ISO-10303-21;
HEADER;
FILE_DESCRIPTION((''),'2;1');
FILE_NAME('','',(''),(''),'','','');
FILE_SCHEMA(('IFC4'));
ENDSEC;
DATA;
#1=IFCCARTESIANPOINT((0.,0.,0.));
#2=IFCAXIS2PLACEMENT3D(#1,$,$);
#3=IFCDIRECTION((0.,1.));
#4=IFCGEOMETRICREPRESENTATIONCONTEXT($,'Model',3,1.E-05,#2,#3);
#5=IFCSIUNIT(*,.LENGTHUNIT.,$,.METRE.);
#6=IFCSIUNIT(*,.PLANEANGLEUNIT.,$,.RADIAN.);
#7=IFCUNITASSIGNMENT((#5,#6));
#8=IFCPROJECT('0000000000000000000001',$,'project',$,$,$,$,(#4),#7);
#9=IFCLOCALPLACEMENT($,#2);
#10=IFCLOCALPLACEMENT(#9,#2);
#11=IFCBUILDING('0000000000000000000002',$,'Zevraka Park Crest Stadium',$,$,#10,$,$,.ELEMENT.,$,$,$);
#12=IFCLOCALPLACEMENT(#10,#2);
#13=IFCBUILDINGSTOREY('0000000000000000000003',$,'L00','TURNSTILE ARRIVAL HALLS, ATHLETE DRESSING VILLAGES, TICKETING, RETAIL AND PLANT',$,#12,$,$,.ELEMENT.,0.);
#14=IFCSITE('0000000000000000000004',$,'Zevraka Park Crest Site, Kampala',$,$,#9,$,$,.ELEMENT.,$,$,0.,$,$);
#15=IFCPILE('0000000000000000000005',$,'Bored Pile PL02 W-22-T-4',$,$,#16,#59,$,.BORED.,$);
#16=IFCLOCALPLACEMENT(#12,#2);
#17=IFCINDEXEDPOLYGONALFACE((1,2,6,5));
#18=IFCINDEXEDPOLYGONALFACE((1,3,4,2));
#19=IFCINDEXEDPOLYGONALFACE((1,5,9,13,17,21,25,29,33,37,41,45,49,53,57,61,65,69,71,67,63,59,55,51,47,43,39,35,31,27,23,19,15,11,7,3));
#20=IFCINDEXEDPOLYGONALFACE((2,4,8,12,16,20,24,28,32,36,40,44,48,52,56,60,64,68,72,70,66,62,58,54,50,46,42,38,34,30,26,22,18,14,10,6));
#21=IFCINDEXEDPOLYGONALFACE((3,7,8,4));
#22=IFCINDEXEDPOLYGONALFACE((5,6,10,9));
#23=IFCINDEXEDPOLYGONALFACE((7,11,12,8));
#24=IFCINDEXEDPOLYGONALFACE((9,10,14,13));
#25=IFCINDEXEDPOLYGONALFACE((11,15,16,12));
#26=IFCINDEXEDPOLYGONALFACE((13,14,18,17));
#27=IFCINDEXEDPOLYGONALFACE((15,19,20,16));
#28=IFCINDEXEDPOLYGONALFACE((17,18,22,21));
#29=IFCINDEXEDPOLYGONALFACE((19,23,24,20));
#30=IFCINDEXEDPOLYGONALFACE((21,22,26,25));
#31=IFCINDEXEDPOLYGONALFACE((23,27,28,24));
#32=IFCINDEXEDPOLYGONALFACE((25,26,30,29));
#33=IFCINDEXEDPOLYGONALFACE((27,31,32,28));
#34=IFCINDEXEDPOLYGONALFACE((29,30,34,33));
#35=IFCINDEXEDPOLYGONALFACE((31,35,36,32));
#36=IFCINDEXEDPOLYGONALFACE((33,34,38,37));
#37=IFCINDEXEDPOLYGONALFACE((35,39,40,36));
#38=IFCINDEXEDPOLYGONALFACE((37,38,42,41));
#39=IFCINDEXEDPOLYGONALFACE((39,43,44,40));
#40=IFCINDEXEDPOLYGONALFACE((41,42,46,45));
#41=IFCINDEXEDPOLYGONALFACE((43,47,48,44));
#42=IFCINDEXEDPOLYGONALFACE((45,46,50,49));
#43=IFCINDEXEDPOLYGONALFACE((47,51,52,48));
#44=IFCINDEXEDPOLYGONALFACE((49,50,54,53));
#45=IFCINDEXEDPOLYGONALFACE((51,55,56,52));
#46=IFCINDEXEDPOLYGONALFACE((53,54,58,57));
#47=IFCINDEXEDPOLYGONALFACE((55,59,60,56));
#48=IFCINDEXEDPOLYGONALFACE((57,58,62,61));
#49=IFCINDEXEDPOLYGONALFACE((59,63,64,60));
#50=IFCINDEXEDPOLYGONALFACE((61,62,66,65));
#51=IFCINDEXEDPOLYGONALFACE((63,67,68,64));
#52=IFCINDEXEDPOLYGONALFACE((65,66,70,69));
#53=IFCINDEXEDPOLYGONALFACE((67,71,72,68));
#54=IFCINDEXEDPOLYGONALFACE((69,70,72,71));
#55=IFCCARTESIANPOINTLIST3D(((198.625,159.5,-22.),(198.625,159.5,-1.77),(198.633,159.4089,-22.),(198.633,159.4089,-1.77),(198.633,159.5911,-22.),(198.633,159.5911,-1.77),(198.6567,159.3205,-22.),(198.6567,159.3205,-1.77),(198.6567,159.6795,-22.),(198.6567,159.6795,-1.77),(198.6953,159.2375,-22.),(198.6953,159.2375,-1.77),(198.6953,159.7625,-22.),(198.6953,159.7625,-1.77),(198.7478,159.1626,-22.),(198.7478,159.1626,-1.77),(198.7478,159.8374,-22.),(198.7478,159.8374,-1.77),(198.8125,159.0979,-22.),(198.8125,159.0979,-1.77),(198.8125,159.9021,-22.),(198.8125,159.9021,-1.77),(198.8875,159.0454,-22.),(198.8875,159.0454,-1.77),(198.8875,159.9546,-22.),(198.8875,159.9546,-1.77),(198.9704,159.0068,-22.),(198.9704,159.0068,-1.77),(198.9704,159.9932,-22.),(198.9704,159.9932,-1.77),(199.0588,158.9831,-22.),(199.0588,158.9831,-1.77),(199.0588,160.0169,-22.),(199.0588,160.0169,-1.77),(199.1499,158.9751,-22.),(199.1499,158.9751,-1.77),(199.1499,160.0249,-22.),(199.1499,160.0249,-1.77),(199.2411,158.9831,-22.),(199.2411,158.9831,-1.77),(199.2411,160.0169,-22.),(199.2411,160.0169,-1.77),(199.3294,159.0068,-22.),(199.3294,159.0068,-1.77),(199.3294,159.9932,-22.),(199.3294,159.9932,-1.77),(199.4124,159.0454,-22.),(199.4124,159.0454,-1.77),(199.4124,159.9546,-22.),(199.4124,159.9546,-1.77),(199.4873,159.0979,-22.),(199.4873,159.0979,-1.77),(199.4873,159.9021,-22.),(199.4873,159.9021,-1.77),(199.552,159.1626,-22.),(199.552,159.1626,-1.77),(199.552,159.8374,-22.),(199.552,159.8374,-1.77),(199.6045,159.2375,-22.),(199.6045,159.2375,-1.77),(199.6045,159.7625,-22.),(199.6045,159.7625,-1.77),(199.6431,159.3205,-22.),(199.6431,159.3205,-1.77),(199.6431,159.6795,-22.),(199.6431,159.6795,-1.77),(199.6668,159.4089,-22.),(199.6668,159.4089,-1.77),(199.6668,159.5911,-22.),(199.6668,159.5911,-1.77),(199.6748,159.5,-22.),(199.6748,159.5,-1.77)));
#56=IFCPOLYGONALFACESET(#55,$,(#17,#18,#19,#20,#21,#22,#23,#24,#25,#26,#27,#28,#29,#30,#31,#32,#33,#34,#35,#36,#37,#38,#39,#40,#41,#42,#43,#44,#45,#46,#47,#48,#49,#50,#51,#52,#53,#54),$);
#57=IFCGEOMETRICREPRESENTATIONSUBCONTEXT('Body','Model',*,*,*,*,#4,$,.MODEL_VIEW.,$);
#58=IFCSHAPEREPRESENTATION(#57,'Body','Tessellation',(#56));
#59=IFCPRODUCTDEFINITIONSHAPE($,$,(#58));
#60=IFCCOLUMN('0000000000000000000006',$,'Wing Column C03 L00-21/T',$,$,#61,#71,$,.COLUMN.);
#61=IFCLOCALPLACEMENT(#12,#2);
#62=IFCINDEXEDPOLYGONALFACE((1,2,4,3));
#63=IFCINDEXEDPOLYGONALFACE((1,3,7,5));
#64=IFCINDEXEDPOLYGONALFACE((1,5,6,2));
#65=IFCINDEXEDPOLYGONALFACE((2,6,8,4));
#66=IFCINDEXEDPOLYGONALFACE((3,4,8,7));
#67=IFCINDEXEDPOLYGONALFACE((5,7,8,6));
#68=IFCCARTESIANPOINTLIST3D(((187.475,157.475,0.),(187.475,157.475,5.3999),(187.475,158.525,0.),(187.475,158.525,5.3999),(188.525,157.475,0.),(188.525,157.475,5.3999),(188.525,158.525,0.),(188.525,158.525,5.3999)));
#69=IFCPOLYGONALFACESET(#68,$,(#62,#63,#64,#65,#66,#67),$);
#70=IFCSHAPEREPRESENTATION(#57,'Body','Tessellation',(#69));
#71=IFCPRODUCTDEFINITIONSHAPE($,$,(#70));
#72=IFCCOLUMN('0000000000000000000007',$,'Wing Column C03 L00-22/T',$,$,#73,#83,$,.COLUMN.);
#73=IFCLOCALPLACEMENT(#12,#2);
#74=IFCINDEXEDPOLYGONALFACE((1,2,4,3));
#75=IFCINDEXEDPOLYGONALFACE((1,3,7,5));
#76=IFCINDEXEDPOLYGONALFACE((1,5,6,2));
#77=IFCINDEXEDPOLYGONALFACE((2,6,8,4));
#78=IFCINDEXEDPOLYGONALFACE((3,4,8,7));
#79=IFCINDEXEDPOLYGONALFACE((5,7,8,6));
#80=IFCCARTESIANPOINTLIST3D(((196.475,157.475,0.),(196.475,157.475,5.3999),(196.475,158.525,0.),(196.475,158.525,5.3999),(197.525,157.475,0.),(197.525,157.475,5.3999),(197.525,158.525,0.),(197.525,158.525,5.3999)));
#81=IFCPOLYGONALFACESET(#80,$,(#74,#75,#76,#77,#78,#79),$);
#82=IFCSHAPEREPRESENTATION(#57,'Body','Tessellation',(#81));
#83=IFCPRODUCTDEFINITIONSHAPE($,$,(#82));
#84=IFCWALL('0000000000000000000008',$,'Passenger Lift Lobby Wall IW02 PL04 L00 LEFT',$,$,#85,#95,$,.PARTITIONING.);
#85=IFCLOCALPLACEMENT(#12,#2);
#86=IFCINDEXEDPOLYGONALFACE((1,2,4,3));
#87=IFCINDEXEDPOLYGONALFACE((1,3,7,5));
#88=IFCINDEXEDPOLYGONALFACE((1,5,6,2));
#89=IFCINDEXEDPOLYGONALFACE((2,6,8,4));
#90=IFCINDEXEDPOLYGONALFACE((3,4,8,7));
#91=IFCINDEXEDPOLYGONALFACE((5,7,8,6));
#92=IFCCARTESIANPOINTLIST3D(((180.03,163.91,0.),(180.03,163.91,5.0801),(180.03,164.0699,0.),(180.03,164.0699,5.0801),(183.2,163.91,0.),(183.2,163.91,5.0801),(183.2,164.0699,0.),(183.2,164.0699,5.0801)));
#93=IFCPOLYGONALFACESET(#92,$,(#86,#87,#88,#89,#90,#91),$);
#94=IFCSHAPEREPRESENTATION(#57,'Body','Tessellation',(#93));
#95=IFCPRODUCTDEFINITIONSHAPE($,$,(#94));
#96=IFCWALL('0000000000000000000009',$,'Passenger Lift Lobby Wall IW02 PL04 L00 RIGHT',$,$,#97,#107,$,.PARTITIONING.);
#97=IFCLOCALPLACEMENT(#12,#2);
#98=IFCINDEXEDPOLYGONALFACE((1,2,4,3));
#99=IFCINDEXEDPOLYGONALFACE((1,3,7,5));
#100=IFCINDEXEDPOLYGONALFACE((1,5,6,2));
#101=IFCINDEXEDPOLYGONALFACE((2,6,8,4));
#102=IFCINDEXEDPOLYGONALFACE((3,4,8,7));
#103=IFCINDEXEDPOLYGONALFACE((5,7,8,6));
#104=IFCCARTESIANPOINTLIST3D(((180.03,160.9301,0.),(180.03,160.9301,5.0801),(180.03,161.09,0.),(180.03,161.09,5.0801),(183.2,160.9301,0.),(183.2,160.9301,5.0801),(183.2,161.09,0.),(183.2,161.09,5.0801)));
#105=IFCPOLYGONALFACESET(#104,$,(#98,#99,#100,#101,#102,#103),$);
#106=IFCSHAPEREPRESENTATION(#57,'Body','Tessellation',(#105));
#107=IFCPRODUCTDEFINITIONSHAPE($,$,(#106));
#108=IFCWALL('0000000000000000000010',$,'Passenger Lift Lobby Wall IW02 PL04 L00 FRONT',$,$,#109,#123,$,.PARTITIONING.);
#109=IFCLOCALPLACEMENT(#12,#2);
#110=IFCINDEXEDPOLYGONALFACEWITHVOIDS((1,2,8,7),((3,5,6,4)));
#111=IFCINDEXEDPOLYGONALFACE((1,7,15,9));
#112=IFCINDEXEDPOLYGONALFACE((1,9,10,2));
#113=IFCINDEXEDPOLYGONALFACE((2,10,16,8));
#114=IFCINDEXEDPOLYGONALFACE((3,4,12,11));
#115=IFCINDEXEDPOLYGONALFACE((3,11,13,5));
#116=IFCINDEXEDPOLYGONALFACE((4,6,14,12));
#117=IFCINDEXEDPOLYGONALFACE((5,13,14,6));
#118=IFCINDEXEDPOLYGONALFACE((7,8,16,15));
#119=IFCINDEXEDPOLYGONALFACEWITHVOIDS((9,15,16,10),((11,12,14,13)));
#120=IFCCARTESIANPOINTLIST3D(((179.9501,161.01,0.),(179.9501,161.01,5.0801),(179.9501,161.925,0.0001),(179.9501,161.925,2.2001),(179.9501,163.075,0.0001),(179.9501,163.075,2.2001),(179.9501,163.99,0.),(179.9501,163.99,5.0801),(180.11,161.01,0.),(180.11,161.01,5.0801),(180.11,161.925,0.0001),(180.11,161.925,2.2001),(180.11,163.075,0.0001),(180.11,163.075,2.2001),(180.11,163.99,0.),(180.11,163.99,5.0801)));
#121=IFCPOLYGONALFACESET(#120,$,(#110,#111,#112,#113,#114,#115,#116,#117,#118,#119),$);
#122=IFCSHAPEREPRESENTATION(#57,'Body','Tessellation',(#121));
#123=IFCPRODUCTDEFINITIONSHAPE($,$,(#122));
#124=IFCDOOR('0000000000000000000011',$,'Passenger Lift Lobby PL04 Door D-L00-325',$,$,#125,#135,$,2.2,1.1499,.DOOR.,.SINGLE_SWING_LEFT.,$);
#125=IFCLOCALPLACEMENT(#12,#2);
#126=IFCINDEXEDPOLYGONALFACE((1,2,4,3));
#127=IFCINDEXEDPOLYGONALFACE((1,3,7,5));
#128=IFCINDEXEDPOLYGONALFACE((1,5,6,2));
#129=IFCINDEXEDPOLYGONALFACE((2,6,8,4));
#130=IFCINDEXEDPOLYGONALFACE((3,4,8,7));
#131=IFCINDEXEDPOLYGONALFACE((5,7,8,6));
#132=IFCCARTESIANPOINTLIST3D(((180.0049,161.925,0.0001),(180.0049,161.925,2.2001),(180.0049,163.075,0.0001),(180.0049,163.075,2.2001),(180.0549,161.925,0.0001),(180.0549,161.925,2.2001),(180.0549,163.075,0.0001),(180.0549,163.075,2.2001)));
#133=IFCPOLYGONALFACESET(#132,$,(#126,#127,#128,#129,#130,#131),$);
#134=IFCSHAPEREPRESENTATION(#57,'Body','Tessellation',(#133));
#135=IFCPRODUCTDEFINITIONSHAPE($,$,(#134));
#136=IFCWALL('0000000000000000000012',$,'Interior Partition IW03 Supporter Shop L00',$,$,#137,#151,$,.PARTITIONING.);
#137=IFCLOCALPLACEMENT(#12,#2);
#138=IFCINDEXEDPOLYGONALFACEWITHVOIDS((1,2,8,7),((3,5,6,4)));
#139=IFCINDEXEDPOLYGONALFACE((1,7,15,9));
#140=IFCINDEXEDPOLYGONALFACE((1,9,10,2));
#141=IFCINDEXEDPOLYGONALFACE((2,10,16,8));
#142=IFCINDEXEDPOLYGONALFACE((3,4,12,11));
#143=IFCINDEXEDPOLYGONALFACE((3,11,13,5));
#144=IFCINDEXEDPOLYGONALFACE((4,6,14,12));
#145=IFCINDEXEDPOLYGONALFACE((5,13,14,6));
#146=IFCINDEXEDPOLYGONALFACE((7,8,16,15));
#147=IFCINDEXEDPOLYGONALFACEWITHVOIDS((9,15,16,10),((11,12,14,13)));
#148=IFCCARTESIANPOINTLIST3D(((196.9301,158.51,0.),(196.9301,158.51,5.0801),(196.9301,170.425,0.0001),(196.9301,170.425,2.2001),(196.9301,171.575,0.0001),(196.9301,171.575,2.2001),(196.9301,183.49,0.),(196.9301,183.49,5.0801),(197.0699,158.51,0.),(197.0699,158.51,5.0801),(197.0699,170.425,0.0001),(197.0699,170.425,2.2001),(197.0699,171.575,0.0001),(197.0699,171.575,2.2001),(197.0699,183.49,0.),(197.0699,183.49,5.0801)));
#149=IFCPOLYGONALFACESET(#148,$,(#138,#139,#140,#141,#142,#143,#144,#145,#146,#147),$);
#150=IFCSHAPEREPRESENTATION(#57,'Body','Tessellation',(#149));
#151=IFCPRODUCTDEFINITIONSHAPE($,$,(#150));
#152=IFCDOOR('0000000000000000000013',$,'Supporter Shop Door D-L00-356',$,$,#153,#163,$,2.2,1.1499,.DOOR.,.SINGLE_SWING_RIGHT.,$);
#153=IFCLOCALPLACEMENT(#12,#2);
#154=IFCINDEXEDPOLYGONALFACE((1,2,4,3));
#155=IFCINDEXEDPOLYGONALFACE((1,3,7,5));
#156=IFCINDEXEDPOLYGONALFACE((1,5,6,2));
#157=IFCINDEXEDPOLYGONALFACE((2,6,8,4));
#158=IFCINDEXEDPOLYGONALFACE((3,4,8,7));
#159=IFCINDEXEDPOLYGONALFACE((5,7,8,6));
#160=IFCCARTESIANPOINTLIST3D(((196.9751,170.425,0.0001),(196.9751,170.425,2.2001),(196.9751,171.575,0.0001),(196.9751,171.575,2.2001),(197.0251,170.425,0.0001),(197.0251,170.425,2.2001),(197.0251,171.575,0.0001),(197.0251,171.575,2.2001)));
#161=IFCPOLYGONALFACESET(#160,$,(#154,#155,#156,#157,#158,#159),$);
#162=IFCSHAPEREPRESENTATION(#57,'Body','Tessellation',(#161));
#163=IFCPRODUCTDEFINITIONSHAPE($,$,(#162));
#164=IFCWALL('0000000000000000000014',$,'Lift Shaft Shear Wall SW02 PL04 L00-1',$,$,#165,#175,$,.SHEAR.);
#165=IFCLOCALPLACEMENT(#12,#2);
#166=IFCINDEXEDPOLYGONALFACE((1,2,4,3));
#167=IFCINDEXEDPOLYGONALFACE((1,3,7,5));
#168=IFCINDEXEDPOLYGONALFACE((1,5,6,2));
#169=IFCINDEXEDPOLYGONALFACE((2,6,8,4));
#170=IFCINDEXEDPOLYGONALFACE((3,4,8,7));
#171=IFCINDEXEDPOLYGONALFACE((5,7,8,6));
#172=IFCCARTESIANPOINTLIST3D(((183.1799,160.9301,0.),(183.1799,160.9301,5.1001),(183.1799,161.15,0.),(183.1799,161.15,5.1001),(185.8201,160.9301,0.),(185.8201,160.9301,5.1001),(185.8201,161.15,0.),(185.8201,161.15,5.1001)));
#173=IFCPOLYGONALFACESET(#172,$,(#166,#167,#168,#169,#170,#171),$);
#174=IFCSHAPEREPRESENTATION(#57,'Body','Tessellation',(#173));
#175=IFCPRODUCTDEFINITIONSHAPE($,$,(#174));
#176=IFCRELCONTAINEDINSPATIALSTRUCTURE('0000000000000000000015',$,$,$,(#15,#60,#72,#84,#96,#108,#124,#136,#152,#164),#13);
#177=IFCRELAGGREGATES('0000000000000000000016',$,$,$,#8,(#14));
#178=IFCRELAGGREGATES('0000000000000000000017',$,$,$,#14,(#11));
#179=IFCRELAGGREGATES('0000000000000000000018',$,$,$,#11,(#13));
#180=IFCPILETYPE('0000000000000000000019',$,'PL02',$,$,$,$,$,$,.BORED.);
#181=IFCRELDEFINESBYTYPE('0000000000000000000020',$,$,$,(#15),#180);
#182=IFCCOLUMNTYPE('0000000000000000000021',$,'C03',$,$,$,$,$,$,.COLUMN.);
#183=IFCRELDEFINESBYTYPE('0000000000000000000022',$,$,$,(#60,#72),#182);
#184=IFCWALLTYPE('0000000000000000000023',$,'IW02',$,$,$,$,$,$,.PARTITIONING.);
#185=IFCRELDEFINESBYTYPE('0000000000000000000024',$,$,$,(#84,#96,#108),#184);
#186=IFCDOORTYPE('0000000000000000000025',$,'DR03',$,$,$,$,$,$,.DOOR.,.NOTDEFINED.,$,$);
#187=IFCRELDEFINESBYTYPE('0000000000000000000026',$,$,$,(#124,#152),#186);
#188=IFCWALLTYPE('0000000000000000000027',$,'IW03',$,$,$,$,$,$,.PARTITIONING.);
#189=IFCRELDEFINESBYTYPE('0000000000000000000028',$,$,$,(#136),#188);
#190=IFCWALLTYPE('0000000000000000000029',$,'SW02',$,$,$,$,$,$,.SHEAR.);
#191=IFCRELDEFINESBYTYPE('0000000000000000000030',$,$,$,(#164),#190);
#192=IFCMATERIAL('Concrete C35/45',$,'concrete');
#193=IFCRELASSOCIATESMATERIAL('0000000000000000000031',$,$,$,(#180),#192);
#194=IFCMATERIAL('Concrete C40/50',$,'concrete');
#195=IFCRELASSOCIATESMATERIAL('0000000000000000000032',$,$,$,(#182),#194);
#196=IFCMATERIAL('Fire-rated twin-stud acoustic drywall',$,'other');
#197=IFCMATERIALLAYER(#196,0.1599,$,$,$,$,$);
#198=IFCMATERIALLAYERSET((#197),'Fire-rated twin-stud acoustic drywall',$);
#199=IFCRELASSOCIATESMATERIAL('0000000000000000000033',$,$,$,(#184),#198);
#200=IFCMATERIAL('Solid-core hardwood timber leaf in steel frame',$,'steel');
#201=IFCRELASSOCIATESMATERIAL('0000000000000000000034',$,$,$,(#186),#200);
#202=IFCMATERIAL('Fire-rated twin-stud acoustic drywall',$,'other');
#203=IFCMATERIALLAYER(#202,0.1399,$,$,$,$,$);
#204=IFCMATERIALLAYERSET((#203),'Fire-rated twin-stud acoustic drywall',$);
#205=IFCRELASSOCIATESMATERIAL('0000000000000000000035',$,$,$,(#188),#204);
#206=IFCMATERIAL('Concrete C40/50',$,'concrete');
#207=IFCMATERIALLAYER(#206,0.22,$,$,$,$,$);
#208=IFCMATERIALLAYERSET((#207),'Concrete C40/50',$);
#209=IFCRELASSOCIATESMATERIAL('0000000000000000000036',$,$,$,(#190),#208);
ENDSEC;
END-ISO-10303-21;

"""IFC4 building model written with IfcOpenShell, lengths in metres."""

from ifc_helpers import new_model, si_unit, direction, frame, frame_2d, origin, origin_2d, place, context, subcontext, project, spatial, rectangle, circle, extrude, material, layer, layer_set, material_profile, profile_set, type_object, element, fill, save


model = new_model("IFC4")

# Units and contexts
model_context = context("Model", 3, precision=1e-05, world=origin(), true_north=direction((0.0, 1.0)))
body_context = subcontext(model_context, "Body", "Model", "MODEL_VIEW")
ifc_project = project(units=[si_unit("LENGTHUNIT", "METRE"), si_unit("PLANEANGLEUNIT", "RADIAN")], contexts=[model_context])

# Site, building, storey
site_placement = place(None, origin())
site = spatial("IfcSite", under=ifc_project, at=site_placement, Name="Zevraka Park Crest Site, Kampala", CompositionType="ELEMENT", RefElevation=0.0)
building_placement = place(site_placement, origin())
building = spatial("IfcBuilding", under=site, at=building_placement, Name="Zevraka Park Crest Stadium", CompositionType="ELEMENT")
storey_placement = place(building_placement, origin())
storey = spatial("IfcBuildingStorey", under=building, at=storey_placement, Name="L00", Description="TURNSTILE ARRIVAL HALLS, ATHLETE DRESSING VILLAGES, TICKETING, RETAIL AND PLANT", CompositionType="ELEMENT", Elevation=0.0)

# Pile
ifc_material_1 = material(Name="Concrete C35/45", Category="concrete")
ifc_material_profile_1 = material_profile(ifc_material_1, circle(Radius=0.5249, at=origin_2d()), Name="PILE D1050")
ifc_profile_set_1 = profile_set([ifc_material_profile_1], Name="Concrete C35/45")
pile_type_1 = type_object("IfcPileType", Name="PL02", PredefinedType="BORED", material=ifc_profile_set_1)
for number, where, z_axis, x_axis, name in (
    (1, (199.1499, 159.5, -1.77), (0.0, 0.0, -1.0), (1.0, 0.0, 0.0), "Bored Pile PL02 W-22-T-4"),
):
    element("IfcPile", number, at=place(storey_placement, frame(where, z_axis=z_axis, x_axis=x_axis)), inside=storey, type_object=pile_type_1, Name=name, PredefinedType="BORED", context=body_context, shape_type="SweptSolid", body=[
        extrude(circle(Radius=0.5249, at=origin_2d()), origin(), (0.0, 0.0, 1.0), 20.23),
    ])

# Columns
ifc_material_2 = material(Name="Concrete C40/50", Category="concrete")
ifc_material_profile_2 = material_profile(ifc_material_2, rectangle(XDim=1.05, YDim=1.05, at=origin_2d()), Name="RC 1050x1050")
ifc_profile_set_2 = profile_set([ifc_material_profile_2], Name="Concrete C40/50")
column_type = type_object("IfcColumnType", Name="C03", PredefinedType="COLUMN", material=ifc_profile_set_2)
for number, where, z_axis, x_axis, name in (
    (2, (188.0, 158.0, 0.0), (0.0, 0.0, 1.0), (1.0, 0.0, 0.0), "Wing Column C03 L00-21/T"),
    (3, (197.0, 158.0, 0.0), (0.0, 0.0, 1.0), (1.0, 0.0, 0.0), "Wing Column C03 L00-22/T"),
):
    element("IfcColumn", number, at=place(storey_placement, frame(where, z_axis=z_axis, x_axis=x_axis)), inside=storey, type_object=column_type, Name=name, PredefinedType="COLUMN", context=body_context, shape_type="SweptSolid", body=[
        extrude(rectangle(XDim=1.05, YDim=1.05, at=origin_2d()), origin(), (0.0, 0.0, 1.0), 5.3999),
    ])

# Walls
ifc_material_3 = material(Name="Fire-rated twin-stud acoustic drywall", Category="other")
ifc_layer_1 = layer(ifc_material_3, 0.1599)
ifc_layer_set_1 = layer_set([ifc_layer_1], Name="Fire-rated twin-stud acoustic drywall")
wall_type_1 = type_object("IfcWallType", Name="IW02", PredefinedType="PARTITIONING", material=ifc_layer_set_1)
for number, where, z_axis, x_axis, name in (
    (4, (183.2, 163.99, 0.0), (0.0, 0.0, 1.0), (-1.0, 0.0, 0.0), "Passenger Lift Lobby Wall IW02 PL04 L00 LEFT"),
    (5, (183.2, 161.01, 0.0), (0.0, 0.0, 1.0), (-1.0, 0.0, 0.0), "Passenger Lift Lobby Wall IW02 PL04 L00 RIGHT"),
):
    element("IfcWall", number, at=place(storey_placement, frame(where, z_axis=z_axis, x_axis=x_axis)), inside=storey, type_object=wall_type_1, Name=name, PredefinedType="PARTITIONING", context=body_context, shape_type="SweptSolid", body=[
        extrude(rectangle(XDim=3.1699, YDim=0.1599, at=frame_2d((1.585, 0.0))), origin(), (0.0, 0.0, 1.0), 5.0801),
    ])

# Walls, openings, doors
wall_1_placement = place(storey_placement, frame((180.03, 163.99, 0.0), z_axis=(0.0, 0.0, 1.0), x_axis=(0.0, -1.0, 0.0)))
wall_1 = element("IfcWall", 6, at=wall_1_placement, inside=storey, type_object=wall_type_1, Name="Passenger Lift Lobby Wall IW02 PL04 L00 FRONT", PredefinedType="PARTITIONING", context=body_context, shape_type="SweptSolid", body=[
    extrude(rectangle(XDim=2.98, YDim=0.1599, at=frame_2d((1.49, 0.0))), origin(), (0.0, 0.0, 1.0), 5.0801),
])
opening_1_placement = place(wall_1_placement, frame((0.915, 0.0, 0.0)))
opening_1 = element("IfcOpeningElement", 7, at=opening_1_placement, cuts=wall_1, PredefinedType="OPENING", context=body_context, shape_type="SweptSolid", body=[
    extrude(rectangle(XDim=1.1499, YDim=2.2, at=frame_2d((0.575, 1.1001))), frame((0.0, 0.0898, 0.0), z_axis=(0.0, -1.0, 0.0), x_axis=(1.0, 0.0, 0.0)), (0.0, 0.0, 1.0), 0.1799),
])
ifc_material_4 = material(Name="Solid-core hardwood timber leaf in steel frame", Category="steel")
door_type_1 = type_object("IfcDoorType", Name="DR03", OperationType="NOTDEFINED", PredefinedType="DOOR", material=ifc_material_4)
door_1_placement = place(opening_1_placement, origin())
door_1 = element("IfcDoor", 8, at=door_1_placement, inside=storey, type_object=door_type_1, Name="Passenger Lift Lobby PL04 Door D-L00-325", OperationType="SINGLE_SWING_LEFT", OverallHeight=2.2, OverallWidth=1.1499, PredefinedType="DOOR", context=body_context, shape_type="SweptSolid", body=[
    extrude(rectangle(XDim=1.1499, YDim=2.2, at=frame_2d((0.575, 1.1001))), frame((0.0, 0.0249, 0.0), z_axis=(0.0, -1.0, 0.0), x_axis=(1.0, 0.0, 0.0)), (0.0, 0.0, 1.0), 0.05),
])
fill(opening_1, door_1)
ifc_material_5 = material(Name="Fire-rated twin-stud acoustic drywall", Category="other")
ifc_layer_2 = layer(ifc_material_5, 0.1399)
ifc_layer_set_2 = layer_set([ifc_layer_2], Name="Fire-rated twin-stud acoustic drywall")
wall_type_2 = type_object("IfcWallType", Name="IW03", PredefinedType="PARTITIONING", material=ifc_layer_set_2)
wall_2_placement = place(storey_placement, frame((197.0, 158.51, 0.0), z_axis=(0.0, 0.0, 1.0), x_axis=(0.0, 1.0, 0.0)))
wall_2 = element("IfcWall", 9, at=wall_2_placement, inside=storey, type_object=wall_type_2, Name="Interior Partition IW03 Supporter Shop L00", PredefinedType="PARTITIONING", context=body_context, shape_type="SweptSolid", body=[
    extrude(rectangle(XDim=24.98, YDim=0.1399, at=frame_2d((12.49, 0.0))), origin(), (0.0, 0.0, 1.0), 5.0801),
])
opening_2_placement = place(wall_2_placement, frame((11.915, 0.0, 0.0)))
opening_2 = element("IfcOpeningElement", 10, at=opening_2_placement, cuts=wall_2, PredefinedType="OPENING", context=body_context, shape_type="SweptSolid", body=[
    extrude(rectangle(XDim=1.1499, YDim=2.2, at=frame_2d((0.575, 1.1001))), frame((0.0, 0.0798, 0.0), z_axis=(0.0, -1.0, 0.0), x_axis=(1.0, 0.0, 0.0)), (0.0, 0.0, 1.0), 0.1599),
])
door_2_placement = place(opening_2_placement, origin())
door_2 = element("IfcDoor", 11, at=door_2_placement, inside=storey, type_object=door_type_1, Name="Supporter Shop Door D-L00-356", OperationType="SINGLE_SWING_RIGHT", OverallHeight=2.2, OverallWidth=1.1499, PredefinedType="DOOR", context=body_context, shape_type="SweptSolid", body=[
    extrude(rectangle(XDim=1.1499, YDim=2.2, at=frame_2d((0.575, 1.1001))), frame((0.0, 0.0249, 0.0), z_axis=(0.0, -1.0, 0.0), x_axis=(1.0, 0.0, 0.0)), (0.0, 0.0, 1.0), 0.05),
])
fill(opening_2, door_2)

# Wall
ifc_material_6 = material(Name="Concrete C40/50", Category="concrete")
ifc_layer_3 = layer(ifc_material_6, 0.22)
ifc_layer_set_3 = layer_set([ifc_layer_3], Name="Concrete C40/50")
wall_type_3 = type_object("IfcWallType", Name="SW02", PredefinedType="SHEAR", material=ifc_layer_set_3)
wall_3_placement = place(storey_placement, frame((183.1799, 161.04, 0.0), z_axis=(0.0, 0.0, 1.0), x_axis=(1.0, 0.0, 0.0)))
element("IfcWall", 12, at=wall_3_placement, inside=storey, type_object=wall_type_3, Name="Lift Shaft Shear Wall SW02 PL04 L00-1", PredefinedType="SHEAR", context=body_context, shape_type="SweptSolid", body=[
    extrude(rectangle(XDim=2.6401, YDim=0.22, at=frame_2d((1.3201, 0.0))), origin(), (0.0, 0.0, 1.0), 5.1001),
])

save(model, "model.ifc")
